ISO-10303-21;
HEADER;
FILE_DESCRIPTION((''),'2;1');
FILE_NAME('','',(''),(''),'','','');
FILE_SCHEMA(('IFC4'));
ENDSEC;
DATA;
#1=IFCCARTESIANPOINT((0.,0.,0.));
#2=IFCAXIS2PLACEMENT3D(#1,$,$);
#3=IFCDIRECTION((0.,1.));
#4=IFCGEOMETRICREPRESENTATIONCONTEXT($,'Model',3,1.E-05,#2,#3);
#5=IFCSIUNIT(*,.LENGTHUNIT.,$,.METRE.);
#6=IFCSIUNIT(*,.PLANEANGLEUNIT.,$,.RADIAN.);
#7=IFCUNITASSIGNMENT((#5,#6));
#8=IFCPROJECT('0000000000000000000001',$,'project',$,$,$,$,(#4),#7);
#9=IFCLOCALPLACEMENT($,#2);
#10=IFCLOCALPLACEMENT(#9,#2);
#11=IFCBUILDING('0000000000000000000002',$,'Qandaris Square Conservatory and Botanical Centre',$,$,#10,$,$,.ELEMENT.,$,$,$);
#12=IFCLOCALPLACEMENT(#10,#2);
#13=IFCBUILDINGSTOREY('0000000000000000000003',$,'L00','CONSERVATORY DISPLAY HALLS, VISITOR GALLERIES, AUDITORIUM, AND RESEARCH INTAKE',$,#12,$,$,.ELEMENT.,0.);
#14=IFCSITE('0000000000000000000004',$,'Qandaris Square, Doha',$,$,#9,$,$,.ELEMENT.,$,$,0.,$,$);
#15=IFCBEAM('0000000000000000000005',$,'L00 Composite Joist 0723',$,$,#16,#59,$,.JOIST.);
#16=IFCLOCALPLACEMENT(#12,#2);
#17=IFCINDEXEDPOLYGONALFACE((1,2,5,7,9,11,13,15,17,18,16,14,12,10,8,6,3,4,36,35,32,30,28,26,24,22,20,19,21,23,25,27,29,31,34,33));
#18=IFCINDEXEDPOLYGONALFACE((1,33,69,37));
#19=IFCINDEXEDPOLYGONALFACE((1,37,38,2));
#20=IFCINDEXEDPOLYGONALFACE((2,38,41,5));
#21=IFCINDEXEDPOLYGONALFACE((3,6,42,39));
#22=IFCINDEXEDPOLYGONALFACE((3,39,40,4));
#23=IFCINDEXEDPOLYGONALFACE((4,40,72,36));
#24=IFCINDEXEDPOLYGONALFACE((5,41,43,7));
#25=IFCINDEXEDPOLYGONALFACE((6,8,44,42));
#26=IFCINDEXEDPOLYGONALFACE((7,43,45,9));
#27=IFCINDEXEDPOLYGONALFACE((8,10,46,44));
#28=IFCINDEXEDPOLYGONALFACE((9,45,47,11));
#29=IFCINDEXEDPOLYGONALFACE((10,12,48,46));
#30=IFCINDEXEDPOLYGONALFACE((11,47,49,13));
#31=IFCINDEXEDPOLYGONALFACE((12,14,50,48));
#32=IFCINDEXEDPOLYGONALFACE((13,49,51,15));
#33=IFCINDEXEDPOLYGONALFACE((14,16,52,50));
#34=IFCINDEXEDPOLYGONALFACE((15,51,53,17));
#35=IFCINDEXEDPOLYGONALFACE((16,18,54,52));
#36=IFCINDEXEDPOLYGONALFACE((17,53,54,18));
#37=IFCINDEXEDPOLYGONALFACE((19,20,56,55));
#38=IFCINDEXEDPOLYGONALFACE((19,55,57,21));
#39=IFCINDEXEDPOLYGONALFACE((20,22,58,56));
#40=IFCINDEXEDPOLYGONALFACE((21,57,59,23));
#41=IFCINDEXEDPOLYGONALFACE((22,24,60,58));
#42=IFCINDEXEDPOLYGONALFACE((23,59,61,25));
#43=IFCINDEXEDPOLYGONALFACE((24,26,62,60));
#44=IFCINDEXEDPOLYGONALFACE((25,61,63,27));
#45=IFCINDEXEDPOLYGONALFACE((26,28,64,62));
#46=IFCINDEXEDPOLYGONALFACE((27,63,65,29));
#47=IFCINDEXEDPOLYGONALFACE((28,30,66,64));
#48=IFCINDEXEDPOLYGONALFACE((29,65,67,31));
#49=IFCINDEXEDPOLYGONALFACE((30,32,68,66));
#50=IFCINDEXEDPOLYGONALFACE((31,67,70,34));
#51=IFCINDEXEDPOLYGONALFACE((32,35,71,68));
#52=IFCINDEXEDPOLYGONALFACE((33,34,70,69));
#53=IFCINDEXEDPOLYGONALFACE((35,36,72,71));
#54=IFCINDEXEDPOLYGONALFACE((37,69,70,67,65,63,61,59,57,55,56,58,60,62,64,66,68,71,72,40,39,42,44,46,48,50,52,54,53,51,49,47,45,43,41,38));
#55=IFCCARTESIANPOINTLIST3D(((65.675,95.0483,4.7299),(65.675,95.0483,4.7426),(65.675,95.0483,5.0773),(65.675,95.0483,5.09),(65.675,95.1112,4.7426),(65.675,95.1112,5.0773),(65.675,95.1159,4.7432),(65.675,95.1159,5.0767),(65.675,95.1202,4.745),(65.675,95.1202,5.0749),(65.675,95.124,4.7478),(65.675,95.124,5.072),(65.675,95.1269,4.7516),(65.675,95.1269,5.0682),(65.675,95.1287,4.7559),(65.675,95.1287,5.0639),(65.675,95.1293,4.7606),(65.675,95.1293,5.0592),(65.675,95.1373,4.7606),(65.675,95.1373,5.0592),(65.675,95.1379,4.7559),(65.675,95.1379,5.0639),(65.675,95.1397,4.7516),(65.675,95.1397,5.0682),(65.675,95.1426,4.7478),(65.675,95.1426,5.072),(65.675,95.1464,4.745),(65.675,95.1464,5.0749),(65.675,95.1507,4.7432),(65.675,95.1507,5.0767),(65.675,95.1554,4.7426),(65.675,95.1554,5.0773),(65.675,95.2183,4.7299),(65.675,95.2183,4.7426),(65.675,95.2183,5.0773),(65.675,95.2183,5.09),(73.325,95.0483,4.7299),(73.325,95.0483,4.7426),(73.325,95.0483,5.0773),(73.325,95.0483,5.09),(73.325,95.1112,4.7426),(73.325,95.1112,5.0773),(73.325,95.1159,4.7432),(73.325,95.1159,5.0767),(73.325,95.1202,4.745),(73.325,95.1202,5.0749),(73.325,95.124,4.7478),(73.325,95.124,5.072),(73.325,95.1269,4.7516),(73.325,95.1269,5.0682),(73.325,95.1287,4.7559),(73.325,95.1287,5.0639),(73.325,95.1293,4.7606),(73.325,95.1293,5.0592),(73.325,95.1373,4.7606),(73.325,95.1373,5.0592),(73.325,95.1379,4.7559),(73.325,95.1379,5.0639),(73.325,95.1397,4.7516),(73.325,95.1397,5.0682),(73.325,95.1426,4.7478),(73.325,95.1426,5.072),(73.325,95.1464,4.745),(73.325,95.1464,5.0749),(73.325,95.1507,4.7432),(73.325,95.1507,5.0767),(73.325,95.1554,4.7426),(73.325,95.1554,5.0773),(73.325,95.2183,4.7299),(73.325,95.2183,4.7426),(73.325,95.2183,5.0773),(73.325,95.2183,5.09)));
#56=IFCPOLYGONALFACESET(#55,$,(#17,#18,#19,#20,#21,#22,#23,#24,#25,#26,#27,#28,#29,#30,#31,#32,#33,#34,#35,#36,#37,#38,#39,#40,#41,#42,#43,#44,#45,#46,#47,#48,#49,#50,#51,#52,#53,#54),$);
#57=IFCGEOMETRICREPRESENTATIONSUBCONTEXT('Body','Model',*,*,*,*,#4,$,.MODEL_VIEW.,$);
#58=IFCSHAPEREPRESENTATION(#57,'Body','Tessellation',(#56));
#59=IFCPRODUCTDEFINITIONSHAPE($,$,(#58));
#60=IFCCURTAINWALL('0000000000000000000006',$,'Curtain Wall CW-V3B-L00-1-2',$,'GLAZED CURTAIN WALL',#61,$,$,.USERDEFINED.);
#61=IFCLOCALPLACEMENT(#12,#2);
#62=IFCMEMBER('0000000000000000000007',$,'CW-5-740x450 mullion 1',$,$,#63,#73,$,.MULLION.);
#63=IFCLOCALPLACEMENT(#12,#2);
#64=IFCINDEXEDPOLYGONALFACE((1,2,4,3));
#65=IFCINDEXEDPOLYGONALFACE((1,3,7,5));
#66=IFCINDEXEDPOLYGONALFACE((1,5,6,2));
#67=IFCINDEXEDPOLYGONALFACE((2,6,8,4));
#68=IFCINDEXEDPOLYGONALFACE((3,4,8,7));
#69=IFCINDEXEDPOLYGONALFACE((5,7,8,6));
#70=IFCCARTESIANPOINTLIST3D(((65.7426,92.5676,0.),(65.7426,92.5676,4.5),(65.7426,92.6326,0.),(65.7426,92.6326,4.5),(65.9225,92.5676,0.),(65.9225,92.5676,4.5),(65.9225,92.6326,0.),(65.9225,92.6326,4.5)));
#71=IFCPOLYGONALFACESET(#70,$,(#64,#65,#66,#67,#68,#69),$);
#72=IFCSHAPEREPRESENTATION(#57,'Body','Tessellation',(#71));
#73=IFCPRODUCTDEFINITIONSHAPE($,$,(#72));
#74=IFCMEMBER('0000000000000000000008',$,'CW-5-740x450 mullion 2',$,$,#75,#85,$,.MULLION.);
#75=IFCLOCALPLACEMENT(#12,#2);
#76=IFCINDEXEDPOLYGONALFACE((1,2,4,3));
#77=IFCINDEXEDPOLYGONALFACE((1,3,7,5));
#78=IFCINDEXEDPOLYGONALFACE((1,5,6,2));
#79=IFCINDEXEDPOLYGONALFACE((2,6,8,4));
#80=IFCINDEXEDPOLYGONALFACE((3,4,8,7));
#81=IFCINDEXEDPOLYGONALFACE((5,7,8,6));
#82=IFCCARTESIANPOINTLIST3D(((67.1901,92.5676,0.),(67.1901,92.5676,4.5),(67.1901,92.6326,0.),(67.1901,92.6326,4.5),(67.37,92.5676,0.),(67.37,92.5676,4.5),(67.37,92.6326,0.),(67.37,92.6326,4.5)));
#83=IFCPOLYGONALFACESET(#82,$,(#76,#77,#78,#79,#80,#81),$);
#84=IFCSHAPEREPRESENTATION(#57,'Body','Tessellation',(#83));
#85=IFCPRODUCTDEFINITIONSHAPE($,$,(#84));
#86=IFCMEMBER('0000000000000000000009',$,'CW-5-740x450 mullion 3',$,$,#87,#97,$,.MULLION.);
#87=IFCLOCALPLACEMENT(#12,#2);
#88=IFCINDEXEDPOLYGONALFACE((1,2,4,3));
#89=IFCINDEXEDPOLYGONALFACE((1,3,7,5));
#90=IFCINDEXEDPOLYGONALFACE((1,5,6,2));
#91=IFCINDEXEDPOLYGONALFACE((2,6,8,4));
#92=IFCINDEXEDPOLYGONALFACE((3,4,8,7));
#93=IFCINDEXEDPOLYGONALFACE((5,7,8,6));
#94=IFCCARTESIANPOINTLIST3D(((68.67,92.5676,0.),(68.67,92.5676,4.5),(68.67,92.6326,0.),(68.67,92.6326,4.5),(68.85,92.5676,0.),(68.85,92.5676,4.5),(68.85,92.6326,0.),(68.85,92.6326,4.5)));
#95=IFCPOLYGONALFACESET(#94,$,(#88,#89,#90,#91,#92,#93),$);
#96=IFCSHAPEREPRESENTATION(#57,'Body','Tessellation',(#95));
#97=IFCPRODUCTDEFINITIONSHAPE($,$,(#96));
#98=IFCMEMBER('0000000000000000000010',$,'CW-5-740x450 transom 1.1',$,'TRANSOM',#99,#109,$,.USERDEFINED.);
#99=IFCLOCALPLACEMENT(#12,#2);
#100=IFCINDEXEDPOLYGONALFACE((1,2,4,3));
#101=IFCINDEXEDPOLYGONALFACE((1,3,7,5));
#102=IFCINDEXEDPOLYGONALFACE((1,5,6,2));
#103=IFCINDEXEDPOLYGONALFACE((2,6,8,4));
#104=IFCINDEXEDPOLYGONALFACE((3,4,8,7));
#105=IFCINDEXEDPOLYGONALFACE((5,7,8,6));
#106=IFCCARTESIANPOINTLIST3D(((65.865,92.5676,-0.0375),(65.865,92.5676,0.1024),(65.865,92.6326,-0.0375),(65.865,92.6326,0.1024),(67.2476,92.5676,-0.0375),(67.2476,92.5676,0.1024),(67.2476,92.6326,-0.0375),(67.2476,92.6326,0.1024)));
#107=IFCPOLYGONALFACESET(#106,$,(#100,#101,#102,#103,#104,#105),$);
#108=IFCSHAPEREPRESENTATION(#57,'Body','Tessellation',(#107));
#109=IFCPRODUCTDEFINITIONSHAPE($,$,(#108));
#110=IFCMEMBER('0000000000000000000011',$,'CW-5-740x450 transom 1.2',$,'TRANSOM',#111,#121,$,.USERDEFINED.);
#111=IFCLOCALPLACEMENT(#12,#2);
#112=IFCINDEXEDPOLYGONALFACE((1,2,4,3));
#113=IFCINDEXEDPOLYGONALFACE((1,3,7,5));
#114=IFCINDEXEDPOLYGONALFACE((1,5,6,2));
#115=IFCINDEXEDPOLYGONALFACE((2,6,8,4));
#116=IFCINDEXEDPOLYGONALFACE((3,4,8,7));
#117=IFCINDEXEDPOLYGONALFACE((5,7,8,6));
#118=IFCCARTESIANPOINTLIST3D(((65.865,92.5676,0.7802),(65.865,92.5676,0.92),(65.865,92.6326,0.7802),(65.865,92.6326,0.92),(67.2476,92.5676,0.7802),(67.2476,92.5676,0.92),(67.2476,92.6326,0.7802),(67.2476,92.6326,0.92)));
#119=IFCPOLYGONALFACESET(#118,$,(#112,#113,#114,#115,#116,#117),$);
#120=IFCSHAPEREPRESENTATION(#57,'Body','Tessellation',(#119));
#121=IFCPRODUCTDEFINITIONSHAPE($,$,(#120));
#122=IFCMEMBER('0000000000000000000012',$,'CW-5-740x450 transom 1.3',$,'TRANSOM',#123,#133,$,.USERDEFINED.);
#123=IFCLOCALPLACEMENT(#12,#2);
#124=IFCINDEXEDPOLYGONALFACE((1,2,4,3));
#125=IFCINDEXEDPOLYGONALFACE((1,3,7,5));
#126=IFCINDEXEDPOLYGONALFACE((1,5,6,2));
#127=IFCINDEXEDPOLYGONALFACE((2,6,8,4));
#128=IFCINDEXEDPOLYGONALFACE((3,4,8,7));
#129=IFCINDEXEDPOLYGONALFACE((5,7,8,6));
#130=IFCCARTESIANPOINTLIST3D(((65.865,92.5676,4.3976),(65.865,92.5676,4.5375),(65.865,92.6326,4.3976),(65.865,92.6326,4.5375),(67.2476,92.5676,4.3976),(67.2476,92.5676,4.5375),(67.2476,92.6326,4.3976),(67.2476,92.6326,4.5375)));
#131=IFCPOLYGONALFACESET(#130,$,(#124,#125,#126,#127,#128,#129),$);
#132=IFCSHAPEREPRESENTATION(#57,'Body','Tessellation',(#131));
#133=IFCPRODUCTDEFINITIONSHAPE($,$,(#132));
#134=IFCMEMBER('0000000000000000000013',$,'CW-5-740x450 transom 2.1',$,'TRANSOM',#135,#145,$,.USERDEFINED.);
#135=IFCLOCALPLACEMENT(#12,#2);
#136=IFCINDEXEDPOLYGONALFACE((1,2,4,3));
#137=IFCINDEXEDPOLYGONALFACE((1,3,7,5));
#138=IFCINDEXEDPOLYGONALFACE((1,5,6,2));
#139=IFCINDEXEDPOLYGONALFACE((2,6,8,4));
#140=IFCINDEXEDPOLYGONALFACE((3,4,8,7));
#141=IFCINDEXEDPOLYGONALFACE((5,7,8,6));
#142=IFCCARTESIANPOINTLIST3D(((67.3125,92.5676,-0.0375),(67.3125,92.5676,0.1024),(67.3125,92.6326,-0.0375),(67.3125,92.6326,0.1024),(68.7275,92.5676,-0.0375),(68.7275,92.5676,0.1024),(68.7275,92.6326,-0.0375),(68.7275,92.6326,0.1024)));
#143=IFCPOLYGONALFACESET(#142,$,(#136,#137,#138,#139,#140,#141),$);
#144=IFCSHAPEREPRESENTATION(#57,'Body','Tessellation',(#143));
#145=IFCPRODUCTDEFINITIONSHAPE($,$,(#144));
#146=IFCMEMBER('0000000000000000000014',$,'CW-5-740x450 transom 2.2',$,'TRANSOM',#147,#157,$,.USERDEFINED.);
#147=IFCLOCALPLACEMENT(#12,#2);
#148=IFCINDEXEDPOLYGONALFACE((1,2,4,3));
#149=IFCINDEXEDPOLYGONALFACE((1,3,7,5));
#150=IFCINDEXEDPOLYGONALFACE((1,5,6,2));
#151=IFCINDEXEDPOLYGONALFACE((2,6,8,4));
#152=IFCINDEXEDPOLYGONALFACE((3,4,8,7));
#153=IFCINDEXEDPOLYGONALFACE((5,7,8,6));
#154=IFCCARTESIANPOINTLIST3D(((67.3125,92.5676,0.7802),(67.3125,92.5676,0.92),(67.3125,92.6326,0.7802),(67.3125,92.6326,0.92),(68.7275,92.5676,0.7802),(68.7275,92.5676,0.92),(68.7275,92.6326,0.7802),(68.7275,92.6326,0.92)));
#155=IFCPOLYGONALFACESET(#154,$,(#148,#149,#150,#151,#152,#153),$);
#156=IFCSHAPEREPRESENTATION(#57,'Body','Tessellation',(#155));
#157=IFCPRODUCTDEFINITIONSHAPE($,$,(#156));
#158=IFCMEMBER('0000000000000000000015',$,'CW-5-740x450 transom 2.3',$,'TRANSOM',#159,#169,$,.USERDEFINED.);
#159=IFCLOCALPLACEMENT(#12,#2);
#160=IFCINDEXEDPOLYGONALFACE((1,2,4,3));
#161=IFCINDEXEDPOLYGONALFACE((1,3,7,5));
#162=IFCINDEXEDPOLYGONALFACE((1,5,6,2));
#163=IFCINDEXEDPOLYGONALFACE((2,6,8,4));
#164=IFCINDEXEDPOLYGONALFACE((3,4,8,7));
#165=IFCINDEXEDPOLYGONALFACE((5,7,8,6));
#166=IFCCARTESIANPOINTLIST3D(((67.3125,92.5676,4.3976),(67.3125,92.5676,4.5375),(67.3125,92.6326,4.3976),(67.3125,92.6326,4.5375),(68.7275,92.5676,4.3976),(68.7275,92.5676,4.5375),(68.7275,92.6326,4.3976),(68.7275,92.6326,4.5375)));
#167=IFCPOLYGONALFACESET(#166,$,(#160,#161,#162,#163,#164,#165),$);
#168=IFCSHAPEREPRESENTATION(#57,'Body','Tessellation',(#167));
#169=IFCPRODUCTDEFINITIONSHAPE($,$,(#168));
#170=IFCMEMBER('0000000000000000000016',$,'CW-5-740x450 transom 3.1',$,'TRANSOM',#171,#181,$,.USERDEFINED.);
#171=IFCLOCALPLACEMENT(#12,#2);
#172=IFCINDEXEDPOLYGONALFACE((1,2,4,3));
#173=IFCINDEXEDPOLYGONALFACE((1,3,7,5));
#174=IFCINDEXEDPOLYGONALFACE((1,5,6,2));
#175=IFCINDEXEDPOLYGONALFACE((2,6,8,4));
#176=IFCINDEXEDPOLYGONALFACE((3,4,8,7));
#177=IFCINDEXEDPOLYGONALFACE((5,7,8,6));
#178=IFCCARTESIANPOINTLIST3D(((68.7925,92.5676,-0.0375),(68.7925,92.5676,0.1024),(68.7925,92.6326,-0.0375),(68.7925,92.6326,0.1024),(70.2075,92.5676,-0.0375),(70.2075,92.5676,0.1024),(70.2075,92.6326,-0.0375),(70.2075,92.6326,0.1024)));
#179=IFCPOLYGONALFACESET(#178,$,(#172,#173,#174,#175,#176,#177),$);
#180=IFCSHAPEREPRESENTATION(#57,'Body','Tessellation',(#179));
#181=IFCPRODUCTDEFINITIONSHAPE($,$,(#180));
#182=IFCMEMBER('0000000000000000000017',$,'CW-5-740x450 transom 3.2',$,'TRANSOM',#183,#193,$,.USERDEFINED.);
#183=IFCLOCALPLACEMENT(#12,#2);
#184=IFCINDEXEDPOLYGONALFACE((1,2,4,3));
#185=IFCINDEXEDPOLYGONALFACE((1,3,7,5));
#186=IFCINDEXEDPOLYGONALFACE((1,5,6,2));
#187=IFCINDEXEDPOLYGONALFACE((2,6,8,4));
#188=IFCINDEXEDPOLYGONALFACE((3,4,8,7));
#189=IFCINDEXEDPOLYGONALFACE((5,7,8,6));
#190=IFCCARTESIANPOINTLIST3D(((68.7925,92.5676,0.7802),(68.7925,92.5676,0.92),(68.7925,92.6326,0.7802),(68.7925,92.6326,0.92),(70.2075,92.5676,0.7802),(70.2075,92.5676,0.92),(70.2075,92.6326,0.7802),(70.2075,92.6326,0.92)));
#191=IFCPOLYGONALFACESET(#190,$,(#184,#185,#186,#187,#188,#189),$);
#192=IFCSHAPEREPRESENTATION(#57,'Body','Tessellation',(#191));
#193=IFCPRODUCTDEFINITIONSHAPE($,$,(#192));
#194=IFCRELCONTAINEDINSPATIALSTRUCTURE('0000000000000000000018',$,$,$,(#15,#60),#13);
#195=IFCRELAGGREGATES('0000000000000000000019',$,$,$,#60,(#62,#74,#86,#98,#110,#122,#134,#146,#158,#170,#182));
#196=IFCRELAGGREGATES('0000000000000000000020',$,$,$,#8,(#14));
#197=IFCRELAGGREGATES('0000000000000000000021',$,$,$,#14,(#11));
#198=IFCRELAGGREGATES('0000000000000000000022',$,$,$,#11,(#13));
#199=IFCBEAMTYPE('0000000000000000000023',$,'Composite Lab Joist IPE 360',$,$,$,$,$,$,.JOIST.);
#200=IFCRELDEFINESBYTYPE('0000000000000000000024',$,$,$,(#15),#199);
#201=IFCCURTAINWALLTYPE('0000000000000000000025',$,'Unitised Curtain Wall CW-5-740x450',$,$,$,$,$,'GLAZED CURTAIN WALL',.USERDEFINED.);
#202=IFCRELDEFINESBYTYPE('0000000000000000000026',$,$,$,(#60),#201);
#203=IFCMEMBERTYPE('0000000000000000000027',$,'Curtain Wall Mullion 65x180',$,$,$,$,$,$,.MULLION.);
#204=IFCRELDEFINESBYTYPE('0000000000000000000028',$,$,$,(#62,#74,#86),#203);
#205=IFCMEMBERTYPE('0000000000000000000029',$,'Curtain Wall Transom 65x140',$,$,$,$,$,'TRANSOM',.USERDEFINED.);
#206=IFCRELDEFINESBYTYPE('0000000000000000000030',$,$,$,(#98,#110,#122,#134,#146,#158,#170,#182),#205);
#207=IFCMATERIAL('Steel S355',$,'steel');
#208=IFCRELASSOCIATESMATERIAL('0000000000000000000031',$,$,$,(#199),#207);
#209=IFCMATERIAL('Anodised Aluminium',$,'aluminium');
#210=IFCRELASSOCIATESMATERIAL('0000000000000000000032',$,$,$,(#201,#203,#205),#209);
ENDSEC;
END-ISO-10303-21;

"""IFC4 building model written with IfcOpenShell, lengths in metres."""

from ifc_helpers import new_model, si_unit, direction, frame, origin, origin_2d, place, context, subcontext, project, spatial, rectangle, i_section, extrude, material, material_profile, profile_set, type_object, element, aggregate, save


model = new_model("IFC4")

# Units and contexts
model_context = context("Model", 3, precision=1e-05, world=origin(), true_north=direction((0.0, 1.0)))
body_context = subcontext(model_context, "Body", "Model", "MODEL_VIEW")
ifc_project = project(units=[si_unit("LENGTHUNIT", "METRE"), si_unit("PLANEANGLEUNIT", "RADIAN")], contexts=[model_context])

# Site, building, storey
site_placement = place(None, origin())
site = spatial("IfcSite", under=ifc_project, at=site_placement, Name="Qandaris Square, Doha", CompositionType="ELEMENT", RefElevation=0.0)
building_placement = place(site_placement, origin())
building = spatial("IfcBuilding", under=site, at=building_placement, Name="Qandaris Square Conservatory and Botanical Centre", CompositionType="ELEMENT")
storey_placement = place(building_placement, origin())
storey = spatial("IfcBuildingStorey", under=building, at=storey_placement, Name="L00", Description="CONSERVATORY DISPLAY HALLS, VISITOR GALLERIES, AUDITORIUM, AND RESEARCH INTAKE", CompositionType="ELEMENT", Elevation=0.0)

# Beam
ifc_material_1 = material(Name="Steel S355", Category="steel")
ifc_material_profile_1 = material_profile(ifc_material_1, i_section(OverallWidth=0.1699, OverallDepth=0.3601, WebThickness=0.0081, FlangeThickness=0.0127, FilletRadius=0.0181, at=origin_2d()), Name="IPE 360")
ifc_profile_set_1 = profile_set([ifc_material_profile_1], Name="Steel S355")
beam_type_1 = type_object("IfcBeamType", Name="Composite Lab Joist IPE 360", PredefinedType="JOIST", material=ifc_profile_set_1)
beam_1_placement = place(storey_placement, frame((65.675, 95.1333, 4.9099), z_axis=(1.0, 0.0, 0.0), x_axis=(0.0, 1.0, 0.0)))
element("IfcBeam", 1, at=beam_1_placement, inside=storey, type_object=beam_type_1, Name="L00 Composite Joist 0723", PredefinedType="JOIST", context=body_context, shape_type="SweptSolid", body=[
    extrude(i_section(OverallWidth=0.1699, OverallDepth=0.3601, WebThickness=0.0081, FlangeThickness=0.0127, FilletRadius=0.0181, at=origin_2d()), origin(), (0.0, 0.0, 1.0), 7.6499),
])

# Curtain wall, members
ifc_material_2 = material(Name="Anodised Aluminium", Category="aluminium")
curtain_wall_type = type_object("IfcCurtainWallType", Name="Unitised Curtain Wall CW-5-740x450", ElementType="GLAZED CURTAIN WALL", PredefinedType="USERDEFINED", material=ifc_material_2)
curtain_wall_placement = place(storey_placement, origin())
curtain_wall = element("IfcCurtainWall", 2, at=curtain_wall_placement, inside=storey, type_object=curtain_wall_type, Name="Curtain Wall CW-V3B-L00-1-2", ObjectType="GLAZED CURTAIN WALL", PredefinedType="USERDEFINED")
ifc_material_profile_2 = material_profile(ifc_material_2, rectangle(XDim=0.0649, YDim=0.1799, at=origin_2d()), Name="ALU-MUL 65x180")
ifc_profile_set_2 = profile_set([ifc_material_profile_2], Name="Anodised Aluminium")
member_type_1 = type_object("IfcMemberType", Name="Curtain Wall Mullion 65x180", PredefinedType="MULLION", material=ifc_profile_set_2)
member_1_placement = place(storey_placement, frame((65.8325, 92.6001, 0.0), z_axis=(0.0, 0.0, 1.0), x_axis=(0.0, 1.0, 0.0)))
member_1 = element("IfcMember", 3, at=member_1_placement, type_object=member_type_1, Name="CW-5-740x450 mullion 1", PredefinedType="MULLION", context=body_context, shape_type="SweptSolid", body=[
    extrude(rectangle(XDim=0.0649, YDim=0.1799, at=origin_2d()), origin(), (0.0, 0.0, 1.0), 4.5),
])
member_2_placement = place(storey_placement, frame((67.28, 92.6001, 0.0), z_axis=(0.0, 0.0, 1.0), x_axis=(0.0, 1.0, 0.0)))
member_2 = element("IfcMember", 4, at=member_2_placement, type_object=member_type_1, Name="CW-5-740x450 mullion 2", PredefinedType="MULLION", context=body_context, shape_type="SweptSolid", body=[
    extrude(rectangle(XDim=0.0649, YDim=0.1799, at=origin_2d()), origin(), (0.0, 0.0, 1.0), 4.5),
])
member_3_placement = place(storey_placement, frame((68.76, 92.6001, 0.0), z_axis=(0.0, 0.0, 1.0), x_axis=(0.0, 1.0, 0.0)))
member_3 = element("IfcMember", 5, at=member_3_placement, type_object=member_type_1, Name="CW-5-740x450 mullion 3", PredefinedType="MULLION", context=body_context, shape_type="SweptSolid", body=[
    extrude(rectangle(XDim=0.0649, YDim=0.1799, at=origin_2d()), origin(), (0.0, 0.0, 1.0), 4.5),
])
ifc_material_profile_3 = material_profile(ifc_material_2, rectangle(XDim=0.0649, YDim=0.1399, at=origin_2d()), Name="ALU-TRN 65x140")
ifc_profile_set_3 = profile_set([ifc_material_profile_3], Name="Anodised Aluminium")
member_type_2 = type_object("IfcMemberType", Name="Curtain Wall Transom 65x140", ElementType="TRANSOM", PredefinedType="USERDEFINED", material=ifc_profile_set_3)
member_4_placement = place(storey_placement, frame((65.865, 92.6001, 0.0325), z_axis=(1.0, 0.0, 0.0), x_axis=(0.0, 1.0, 0.0)))
member_4 = element("IfcMember", 6, at=member_4_placement, type_object=member_type_2, Name="CW-5-740x450 transom 1.1", ObjectType="TRANSOM", PredefinedType="USERDEFINED", context=body_context, shape_type="SweptSolid", body=[
    extrude(rectangle(XDim=0.0649, YDim=0.1399, at=origin_2d()), origin(), (0.0, 0.0, 1.0), 1.3826),
])
member_5_placement = place(storey_placement, frame((65.865, 92.6001, 0.8501), z_axis=(1.0, 0.0, 0.0), x_axis=(0.0, 1.0, 0.0)))
member_5 = element("IfcMember", 7, at=member_5_placement, type_object=member_type_2, Name="CW-5-740x450 transom 1.2", ObjectType="TRANSOM", PredefinedType="USERDEFINED", context=body_context, shape_type="SweptSolid", body=[
    extrude(rectangle(XDim=0.0649, YDim=0.1399, at=origin_2d()), origin(), (0.0, 0.0, 1.0), 1.3826),
])
member_6_placement = place(storey_placement, frame((65.865, 92.6001, 4.4675), z_axis=(1.0, 0.0, 0.0), x_axis=(0.0, 1.0, 0.0)))
member_6 = element("IfcMember", 8, at=member_6_placement, type_object=member_type_2, Name="CW-5-740x450 transom 1.3", ObjectType="TRANSOM", PredefinedType="USERDEFINED", context=body_context, shape_type="SweptSolid", body=[
    extrude(rectangle(XDim=0.0649, YDim=0.1399, at=origin_2d()), origin(), (0.0, 0.0, 1.0), 1.3826),
])
member_7_placement = place(storey_placement, frame((67.3125, 92.6001, 0.0325), z_axis=(1.0, 0.0, 0.0), x_axis=(0.0, 1.0, 0.0)))
member_7 = element("IfcMember", 9, at=member_7_placement, type_object=member_type_2, Name="CW-5-740x450 transom 2.1", ObjectType="TRANSOM", PredefinedType="USERDEFINED", context=body_context, shape_type="SweptSolid", body=[
    extrude(rectangle(XDim=0.0649, YDim=0.1399, at=origin_2d()), origin(), (0.0, 0.0, 1.0), 1.415),
])
member_8_placement = place(storey_placement, frame((67.3125, 92.6001, 0.8501), z_axis=(1.0, 0.0, 0.0), x_axis=(0.0, 1.0, 0.0)))
member_8 = element("IfcMember", 10, at=member_8_placement, type_object=member_type_2, Name="CW-5-740x450 transom 2.2", ObjectType="TRANSOM", PredefinedType="USERDEFINED", context=body_context, shape_type="SweptSolid", body=[
    extrude(rectangle(XDim=0.0649, YDim=0.1399, at=origin_2d()), origin(), (0.0, 0.0, 1.0), 1.415),
])
member_9_placement = place(storey_placement, frame((67.3125, 92.6001, 4.4675), z_axis=(1.0, 0.0, 0.0), x_axis=(0.0, 1.0, 0.0)))
member_9 = element("IfcMember", 11, at=member_9_placement, type_object=member_type_2, Name="CW-5-740x450 transom 2.3", ObjectType="TRANSOM", PredefinedType="USERDEFINED", context=body_context, shape_type="SweptSolid", body=[
    extrude(rectangle(XDim=0.0649, YDim=0.1399, at=origin_2d()), origin(), (0.0, 0.0, 1.0), 1.415),
])
member_10_placement = place(storey_placement, frame((68.7925, 92.6001, 0.0325), z_axis=(1.0, 0.0, 0.0), x_axis=(0.0, 1.0, 0.0)))
member_10 = element("IfcMember", 12, at=member_10_placement, type_object=member_type_2, Name="CW-5-740x450 transom 3.1", ObjectType="TRANSOM", PredefinedType="USERDEFINED", context=body_context, shape_type="SweptSolid", body=[
    extrude(rectangle(XDim=0.0649, YDim=0.1399, at=origin_2d()), origin(), (0.0, 0.0, 1.0), 1.415),
])
member_11_placement = place(storey_placement, frame((68.7925, 92.6001, 0.8501), z_axis=(1.0, 0.0, 0.0), x_axis=(0.0, 1.0, 0.0)))
member_11 = element("IfcMember", 13, at=member_11_placement, type_object=member_type_2, Name="CW-5-740x450 transom 3.2", ObjectType="TRANSOM", PredefinedType="USERDEFINED", context=body_context, shape_type="SweptSolid", body=[
    extrude(rectangle(XDim=0.0649, YDim=0.1399, at=origin_2d()), origin(), (0.0, 0.0, 1.0), 1.415),
])

aggregate(curtain_wall, [member_1, member_2, member_3, member_4, member_5, member_6, member_7, member_8, member_9, member_10, member_11])

save(model, "model.ifc")
